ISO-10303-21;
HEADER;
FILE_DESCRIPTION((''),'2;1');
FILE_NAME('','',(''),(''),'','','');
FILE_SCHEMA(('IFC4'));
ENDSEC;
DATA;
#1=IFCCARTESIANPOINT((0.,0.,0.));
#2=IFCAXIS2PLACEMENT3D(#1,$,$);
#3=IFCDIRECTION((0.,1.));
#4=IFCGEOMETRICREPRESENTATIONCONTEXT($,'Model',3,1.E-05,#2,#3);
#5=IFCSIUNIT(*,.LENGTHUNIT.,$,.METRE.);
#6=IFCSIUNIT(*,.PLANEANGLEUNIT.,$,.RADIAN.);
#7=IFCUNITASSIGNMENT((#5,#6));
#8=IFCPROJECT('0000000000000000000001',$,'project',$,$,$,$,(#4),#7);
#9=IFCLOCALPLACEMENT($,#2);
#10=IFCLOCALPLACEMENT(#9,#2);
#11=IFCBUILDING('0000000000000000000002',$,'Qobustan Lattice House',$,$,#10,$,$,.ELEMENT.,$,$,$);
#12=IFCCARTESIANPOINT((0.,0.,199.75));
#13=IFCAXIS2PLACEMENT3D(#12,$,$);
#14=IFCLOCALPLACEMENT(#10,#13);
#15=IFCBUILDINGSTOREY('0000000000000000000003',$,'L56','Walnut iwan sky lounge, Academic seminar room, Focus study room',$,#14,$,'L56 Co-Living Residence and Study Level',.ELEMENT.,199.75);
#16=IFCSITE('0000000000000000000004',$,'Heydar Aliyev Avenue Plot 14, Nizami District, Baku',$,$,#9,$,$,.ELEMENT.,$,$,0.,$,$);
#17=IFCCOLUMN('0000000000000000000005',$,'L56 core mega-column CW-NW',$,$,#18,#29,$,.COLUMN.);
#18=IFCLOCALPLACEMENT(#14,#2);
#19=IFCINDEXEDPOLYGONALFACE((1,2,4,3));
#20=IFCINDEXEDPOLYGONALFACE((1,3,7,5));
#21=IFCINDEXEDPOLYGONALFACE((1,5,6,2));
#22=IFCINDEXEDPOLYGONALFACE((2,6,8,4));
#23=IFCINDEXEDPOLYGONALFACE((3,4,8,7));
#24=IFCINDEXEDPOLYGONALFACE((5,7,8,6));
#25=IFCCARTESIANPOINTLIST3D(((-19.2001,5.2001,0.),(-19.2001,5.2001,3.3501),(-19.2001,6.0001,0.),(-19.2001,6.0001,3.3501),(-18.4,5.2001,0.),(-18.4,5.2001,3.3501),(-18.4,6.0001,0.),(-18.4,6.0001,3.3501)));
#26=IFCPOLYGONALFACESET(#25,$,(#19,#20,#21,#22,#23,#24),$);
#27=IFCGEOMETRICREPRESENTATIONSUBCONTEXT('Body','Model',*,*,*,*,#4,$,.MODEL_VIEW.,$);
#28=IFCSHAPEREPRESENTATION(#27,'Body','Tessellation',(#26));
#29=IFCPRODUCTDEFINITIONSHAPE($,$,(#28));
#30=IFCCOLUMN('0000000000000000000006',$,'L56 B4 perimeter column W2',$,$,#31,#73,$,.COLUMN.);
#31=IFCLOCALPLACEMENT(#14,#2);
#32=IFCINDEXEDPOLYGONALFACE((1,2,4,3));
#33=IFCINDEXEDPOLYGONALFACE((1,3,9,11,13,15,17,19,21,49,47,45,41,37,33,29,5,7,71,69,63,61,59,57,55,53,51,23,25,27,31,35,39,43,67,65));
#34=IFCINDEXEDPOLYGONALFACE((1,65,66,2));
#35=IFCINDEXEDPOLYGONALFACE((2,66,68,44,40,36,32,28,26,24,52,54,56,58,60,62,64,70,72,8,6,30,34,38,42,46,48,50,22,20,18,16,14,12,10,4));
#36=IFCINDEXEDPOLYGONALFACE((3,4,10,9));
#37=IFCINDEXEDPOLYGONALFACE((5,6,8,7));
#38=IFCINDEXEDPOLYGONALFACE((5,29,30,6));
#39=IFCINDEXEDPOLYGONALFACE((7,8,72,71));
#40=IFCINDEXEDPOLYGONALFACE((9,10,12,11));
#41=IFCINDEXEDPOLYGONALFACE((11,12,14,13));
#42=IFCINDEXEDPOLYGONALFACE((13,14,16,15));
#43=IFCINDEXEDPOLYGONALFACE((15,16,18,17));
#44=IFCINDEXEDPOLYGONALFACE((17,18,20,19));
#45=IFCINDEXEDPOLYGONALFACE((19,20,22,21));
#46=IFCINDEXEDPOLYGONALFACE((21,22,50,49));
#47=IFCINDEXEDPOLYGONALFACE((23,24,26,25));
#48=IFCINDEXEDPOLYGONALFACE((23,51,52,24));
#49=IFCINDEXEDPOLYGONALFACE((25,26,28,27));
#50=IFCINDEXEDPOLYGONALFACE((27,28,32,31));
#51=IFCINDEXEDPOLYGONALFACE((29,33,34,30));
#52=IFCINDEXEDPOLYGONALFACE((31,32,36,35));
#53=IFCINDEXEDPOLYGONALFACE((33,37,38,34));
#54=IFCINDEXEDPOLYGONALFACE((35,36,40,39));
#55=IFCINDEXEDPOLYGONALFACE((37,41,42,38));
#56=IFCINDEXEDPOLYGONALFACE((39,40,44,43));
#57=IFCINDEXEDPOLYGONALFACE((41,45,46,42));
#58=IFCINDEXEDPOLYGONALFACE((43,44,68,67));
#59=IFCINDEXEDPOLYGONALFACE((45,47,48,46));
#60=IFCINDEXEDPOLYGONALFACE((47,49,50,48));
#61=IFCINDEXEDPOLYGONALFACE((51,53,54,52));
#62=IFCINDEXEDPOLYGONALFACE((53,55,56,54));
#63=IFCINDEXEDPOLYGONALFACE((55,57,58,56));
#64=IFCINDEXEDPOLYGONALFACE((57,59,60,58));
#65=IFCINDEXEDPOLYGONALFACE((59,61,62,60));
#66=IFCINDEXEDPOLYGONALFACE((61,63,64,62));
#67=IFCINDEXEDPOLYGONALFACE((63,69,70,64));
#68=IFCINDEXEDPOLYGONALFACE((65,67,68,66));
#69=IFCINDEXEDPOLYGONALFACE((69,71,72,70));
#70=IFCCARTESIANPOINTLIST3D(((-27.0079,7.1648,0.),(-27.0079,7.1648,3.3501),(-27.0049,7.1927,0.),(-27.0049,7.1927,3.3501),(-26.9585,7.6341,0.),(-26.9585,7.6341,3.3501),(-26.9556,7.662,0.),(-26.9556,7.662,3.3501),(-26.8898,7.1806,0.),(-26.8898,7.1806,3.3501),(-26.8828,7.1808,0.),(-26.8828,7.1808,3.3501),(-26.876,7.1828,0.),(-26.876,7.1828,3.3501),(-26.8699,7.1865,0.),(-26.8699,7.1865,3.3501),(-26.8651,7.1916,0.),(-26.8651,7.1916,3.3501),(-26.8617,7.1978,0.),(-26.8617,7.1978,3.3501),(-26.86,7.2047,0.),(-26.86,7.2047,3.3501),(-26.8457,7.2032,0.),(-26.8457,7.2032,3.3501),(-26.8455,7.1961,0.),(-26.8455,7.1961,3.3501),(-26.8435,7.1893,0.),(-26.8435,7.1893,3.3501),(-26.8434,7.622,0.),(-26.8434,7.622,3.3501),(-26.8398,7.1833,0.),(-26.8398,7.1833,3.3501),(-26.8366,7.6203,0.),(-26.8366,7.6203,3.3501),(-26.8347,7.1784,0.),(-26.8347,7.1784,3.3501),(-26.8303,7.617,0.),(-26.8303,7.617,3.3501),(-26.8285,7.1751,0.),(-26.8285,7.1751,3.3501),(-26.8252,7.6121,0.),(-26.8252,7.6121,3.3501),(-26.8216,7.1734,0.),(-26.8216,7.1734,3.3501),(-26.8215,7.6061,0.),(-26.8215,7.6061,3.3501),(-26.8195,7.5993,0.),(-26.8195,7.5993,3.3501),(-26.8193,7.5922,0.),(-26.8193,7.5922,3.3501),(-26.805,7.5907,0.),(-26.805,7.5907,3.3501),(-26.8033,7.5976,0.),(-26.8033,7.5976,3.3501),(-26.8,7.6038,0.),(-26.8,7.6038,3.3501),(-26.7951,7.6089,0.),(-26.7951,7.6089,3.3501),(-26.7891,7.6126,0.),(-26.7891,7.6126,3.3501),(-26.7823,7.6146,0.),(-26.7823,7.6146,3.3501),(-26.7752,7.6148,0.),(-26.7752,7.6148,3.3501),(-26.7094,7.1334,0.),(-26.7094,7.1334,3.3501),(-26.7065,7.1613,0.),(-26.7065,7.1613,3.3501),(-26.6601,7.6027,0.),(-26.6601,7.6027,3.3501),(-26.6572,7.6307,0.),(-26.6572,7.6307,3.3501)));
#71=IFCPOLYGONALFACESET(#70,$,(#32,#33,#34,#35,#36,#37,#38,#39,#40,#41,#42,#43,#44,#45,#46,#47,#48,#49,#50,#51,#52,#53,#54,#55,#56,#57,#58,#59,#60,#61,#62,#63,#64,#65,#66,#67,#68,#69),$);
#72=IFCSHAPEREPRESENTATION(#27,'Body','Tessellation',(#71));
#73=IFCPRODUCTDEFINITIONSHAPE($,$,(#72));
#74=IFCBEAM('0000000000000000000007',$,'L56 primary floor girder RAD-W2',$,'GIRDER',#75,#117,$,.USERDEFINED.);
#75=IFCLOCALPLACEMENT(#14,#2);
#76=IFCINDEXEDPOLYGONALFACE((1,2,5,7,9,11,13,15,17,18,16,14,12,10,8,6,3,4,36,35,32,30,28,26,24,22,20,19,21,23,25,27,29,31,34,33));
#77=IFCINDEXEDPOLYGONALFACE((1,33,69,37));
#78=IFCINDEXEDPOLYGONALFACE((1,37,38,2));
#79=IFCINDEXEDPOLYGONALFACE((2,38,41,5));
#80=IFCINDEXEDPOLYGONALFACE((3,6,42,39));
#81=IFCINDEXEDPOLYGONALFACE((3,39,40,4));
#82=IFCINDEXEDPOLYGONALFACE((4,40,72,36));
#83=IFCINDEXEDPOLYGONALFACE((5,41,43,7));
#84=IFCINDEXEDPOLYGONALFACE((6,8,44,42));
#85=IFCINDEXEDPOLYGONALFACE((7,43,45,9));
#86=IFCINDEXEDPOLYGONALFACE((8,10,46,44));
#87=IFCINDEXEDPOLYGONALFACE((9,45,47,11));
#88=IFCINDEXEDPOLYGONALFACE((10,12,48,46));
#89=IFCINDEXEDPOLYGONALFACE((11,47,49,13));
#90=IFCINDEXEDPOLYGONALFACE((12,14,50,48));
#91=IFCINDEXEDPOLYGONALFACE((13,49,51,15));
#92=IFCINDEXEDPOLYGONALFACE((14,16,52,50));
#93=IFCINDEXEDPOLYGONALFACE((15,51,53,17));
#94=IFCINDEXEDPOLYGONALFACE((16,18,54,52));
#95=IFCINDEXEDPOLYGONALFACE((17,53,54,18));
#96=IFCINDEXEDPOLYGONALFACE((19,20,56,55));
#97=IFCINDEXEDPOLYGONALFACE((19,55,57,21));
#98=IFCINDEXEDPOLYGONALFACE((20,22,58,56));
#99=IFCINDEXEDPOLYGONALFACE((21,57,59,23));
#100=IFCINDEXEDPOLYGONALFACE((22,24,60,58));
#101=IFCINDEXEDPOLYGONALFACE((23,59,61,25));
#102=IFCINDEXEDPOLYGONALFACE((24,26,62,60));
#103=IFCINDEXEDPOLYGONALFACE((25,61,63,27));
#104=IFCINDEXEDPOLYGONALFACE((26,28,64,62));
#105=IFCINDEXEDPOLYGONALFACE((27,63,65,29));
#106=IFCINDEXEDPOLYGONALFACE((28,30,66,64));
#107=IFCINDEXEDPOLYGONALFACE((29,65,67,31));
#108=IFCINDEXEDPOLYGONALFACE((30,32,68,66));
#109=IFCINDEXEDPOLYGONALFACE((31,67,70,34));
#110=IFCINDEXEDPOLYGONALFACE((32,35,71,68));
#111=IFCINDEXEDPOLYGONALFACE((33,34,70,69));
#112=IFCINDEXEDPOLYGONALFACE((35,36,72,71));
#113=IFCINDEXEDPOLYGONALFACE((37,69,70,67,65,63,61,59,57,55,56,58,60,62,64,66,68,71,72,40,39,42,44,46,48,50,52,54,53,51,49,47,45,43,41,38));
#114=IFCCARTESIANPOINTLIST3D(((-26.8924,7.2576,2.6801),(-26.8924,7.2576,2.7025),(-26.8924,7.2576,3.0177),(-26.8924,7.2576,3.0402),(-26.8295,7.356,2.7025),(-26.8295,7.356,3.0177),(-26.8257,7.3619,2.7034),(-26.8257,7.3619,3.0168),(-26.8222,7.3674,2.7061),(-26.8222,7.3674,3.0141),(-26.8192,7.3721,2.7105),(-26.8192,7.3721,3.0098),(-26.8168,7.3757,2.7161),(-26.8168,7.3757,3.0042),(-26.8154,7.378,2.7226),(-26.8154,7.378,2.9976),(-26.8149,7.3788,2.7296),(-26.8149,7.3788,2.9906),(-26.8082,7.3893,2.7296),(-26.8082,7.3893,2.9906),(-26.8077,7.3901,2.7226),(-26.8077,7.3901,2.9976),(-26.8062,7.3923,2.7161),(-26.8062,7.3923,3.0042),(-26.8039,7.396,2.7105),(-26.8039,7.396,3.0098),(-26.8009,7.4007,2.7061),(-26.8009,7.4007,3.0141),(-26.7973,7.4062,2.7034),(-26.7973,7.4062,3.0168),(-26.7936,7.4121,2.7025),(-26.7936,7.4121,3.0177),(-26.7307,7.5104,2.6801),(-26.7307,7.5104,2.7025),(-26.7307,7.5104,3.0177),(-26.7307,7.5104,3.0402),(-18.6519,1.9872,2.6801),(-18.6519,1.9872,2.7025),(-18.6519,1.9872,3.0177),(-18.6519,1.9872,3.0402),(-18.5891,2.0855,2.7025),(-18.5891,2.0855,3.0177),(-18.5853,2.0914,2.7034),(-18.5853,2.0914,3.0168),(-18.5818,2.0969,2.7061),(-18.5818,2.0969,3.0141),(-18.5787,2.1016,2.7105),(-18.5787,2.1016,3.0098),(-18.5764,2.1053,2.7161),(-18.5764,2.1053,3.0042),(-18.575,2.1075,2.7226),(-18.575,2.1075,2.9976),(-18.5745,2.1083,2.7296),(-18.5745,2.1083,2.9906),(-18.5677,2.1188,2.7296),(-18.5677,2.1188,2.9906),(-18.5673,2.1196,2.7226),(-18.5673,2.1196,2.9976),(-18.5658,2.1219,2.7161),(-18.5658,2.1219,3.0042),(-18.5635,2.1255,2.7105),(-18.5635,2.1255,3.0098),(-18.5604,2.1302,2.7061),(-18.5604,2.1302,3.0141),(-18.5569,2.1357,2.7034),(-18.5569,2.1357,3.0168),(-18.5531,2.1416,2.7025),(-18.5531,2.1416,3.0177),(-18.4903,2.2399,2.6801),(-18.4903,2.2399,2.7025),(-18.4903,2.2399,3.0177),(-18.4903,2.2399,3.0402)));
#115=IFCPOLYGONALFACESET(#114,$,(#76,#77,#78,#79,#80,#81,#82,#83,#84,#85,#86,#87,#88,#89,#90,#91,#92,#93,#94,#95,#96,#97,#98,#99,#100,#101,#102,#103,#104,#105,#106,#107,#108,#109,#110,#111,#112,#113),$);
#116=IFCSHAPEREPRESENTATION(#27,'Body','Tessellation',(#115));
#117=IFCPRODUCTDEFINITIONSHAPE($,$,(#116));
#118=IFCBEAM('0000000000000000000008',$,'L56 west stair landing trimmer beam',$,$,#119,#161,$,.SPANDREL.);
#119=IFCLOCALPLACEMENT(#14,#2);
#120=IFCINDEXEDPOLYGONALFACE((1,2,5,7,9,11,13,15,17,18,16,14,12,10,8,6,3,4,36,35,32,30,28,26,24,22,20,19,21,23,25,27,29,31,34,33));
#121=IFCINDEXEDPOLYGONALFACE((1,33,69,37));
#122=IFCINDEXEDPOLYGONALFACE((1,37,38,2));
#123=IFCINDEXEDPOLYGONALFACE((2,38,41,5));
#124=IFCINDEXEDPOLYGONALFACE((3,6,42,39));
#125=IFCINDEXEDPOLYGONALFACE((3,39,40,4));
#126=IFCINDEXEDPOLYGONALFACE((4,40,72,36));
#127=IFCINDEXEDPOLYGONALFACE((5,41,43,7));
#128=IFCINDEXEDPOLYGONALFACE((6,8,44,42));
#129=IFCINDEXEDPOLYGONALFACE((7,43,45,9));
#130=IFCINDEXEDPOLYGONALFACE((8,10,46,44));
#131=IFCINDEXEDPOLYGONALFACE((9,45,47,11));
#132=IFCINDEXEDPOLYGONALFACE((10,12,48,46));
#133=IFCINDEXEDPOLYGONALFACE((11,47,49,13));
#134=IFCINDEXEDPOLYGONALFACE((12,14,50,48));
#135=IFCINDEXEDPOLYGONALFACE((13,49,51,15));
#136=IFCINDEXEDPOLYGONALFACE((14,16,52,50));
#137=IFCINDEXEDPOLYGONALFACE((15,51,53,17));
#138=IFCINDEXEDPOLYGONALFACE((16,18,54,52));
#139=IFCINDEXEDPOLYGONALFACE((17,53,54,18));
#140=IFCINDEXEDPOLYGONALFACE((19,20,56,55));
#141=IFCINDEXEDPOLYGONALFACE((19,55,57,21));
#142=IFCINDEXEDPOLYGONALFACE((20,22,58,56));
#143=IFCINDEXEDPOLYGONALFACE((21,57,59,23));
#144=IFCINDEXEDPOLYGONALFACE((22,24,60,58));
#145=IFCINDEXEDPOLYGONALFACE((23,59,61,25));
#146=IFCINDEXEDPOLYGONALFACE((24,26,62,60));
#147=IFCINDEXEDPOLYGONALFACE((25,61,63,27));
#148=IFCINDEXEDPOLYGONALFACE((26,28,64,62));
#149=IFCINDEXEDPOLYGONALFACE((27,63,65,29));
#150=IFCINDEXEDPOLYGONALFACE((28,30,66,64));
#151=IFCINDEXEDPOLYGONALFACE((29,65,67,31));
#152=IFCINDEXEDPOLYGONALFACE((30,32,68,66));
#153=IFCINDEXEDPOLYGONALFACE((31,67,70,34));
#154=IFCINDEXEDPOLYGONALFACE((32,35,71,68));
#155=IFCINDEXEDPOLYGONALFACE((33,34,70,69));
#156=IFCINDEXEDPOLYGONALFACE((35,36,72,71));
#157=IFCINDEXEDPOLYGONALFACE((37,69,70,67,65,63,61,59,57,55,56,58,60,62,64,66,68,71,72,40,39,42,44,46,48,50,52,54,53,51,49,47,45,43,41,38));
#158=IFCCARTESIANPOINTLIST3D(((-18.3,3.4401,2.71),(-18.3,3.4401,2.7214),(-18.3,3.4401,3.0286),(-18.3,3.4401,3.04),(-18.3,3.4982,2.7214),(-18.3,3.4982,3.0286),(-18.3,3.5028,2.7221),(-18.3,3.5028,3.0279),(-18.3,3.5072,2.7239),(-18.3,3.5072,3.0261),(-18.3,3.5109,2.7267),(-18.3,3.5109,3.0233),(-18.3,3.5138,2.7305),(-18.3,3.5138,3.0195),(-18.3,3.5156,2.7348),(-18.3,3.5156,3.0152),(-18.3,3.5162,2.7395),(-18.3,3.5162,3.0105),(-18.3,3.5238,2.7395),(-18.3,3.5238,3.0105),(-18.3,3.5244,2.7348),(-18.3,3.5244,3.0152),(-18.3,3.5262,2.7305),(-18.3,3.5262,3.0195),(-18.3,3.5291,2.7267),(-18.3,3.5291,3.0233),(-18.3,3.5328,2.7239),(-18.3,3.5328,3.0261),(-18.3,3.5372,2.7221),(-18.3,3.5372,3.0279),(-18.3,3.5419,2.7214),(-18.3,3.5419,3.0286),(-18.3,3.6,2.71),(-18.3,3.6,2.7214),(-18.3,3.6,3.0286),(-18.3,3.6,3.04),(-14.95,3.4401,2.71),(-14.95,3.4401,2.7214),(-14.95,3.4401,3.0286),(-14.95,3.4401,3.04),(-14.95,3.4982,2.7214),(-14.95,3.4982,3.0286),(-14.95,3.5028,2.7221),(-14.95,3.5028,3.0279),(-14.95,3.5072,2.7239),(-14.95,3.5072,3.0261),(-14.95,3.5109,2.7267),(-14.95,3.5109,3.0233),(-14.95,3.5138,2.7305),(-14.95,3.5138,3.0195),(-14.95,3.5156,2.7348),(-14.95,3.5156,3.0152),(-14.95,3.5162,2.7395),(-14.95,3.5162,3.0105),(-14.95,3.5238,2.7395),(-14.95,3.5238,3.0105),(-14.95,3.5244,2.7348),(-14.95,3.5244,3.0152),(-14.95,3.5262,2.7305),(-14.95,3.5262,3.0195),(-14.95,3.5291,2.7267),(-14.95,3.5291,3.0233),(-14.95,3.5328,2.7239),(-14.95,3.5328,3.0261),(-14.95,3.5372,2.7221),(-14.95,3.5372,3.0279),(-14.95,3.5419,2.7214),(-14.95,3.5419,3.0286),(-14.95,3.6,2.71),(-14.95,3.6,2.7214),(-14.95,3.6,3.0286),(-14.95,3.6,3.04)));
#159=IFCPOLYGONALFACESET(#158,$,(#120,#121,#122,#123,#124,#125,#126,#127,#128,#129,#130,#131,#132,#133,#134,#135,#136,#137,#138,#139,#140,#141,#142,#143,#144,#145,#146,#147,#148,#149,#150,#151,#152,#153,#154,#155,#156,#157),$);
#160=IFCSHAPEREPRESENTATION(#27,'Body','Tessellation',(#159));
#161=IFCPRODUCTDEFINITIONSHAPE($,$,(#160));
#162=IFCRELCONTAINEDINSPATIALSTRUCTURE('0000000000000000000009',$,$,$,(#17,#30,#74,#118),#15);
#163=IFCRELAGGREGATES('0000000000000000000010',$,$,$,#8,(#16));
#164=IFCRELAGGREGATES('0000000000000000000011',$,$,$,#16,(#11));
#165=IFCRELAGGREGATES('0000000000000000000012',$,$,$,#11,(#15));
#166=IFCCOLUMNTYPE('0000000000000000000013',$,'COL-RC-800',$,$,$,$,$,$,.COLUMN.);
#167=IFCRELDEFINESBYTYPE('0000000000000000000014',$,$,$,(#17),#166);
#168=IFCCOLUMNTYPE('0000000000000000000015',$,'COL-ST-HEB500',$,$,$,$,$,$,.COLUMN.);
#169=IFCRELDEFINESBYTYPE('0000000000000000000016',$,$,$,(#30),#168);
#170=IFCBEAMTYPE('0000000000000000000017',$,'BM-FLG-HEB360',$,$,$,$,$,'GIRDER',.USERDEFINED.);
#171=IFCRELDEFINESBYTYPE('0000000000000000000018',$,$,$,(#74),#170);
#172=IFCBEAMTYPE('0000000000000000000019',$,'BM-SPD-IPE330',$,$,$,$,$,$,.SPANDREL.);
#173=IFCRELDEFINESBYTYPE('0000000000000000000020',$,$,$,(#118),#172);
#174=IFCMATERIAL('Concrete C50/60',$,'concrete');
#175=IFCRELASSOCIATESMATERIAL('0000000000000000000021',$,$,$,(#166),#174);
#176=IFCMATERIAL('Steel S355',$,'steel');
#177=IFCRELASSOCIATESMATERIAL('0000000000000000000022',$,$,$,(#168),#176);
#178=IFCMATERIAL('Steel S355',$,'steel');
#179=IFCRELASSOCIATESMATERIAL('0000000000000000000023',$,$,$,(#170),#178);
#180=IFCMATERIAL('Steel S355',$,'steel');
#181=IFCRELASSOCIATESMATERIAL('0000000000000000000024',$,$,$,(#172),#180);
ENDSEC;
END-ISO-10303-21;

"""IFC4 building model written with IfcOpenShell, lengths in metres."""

from ifc_helpers import new_model, si_unit, direction, frame, origin, origin_2d, place, context, subcontext, project, spatial, rectangle, i_section, extrude, material, material_profile, profile_set, type_object, element, save


model = new_model("IFC4")

# Units and contexts
model_context = context("Model", 3, precision=1e-05, world=origin(), true_north=direction((0.0, 1.0)))
body_context = subcontext(model_context, "Body", "Model", "MODEL_VIEW")
ifc_project = project(units=[si_unit("LENGTHUNIT", "METRE"), si_unit("PLANEANGLEUNIT", "RADIAN")], contexts=[model_context])

# Site, building, storey
site_placement = place(None, origin())
site = spatial("IfcSite", under=ifc_project, at=site_placement, Name="Heydar Aliyev Avenue Plot 14, Nizami District, Baku", CompositionType="ELEMENT", RefElevation=0.0)
building_placement = place(site_placement, origin())
building = spatial("IfcBuilding", under=site, at=building_placement, Name="Qobustan Lattice House", CompositionType="ELEMENT")
storey_placement = place(building_placement, frame((0.0, 0.0, 199.75)))
storey = spatial("IfcBuildingStorey", under=building, at=storey_placement, Name="L56", Description="Walnut iwan sky lounge, Academic seminar room, Focus study room", LongName="L56 Co-Living Residence and Study Level", CompositionType="ELEMENT", Elevation=199.75)

# Columns
ifc_material_1 = material(Name="Concrete C50/60", Category="concrete")
ifc_material_profile_1 = material_profile(ifc_material_1, rectangle(XDim=0.8, YDim=0.8, at=origin_2d()), Name="RC800x800")
ifc_profile_set_1 = profile_set([ifc_material_profile_1], Name="Concrete C50/60")
column_type_1 = type_object("IfcColumnType", Name="COL-RC-800", PredefinedType="COLUMN", material=ifc_profile_set_1)
column_1_placement = place(storey_placement, frame((-18.8, 5.6001, 0.0), z_axis=(0.0, 0.0, 1.0), x_axis=(1.0, 0.0, 0.0)))
element("IfcColumn", 1, at=column_1_placement, inside=storey, type_object=column_type_1, Name="L56 core mega-column CW-NW", PredefinedType="COLUMN", context=body_context, shape_type="SweptSolid", body=[
    extrude(rectangle(XDim=0.8, YDim=0.8, at=origin_2d()), origin(), (0.0, 0.0, 1.0), 3.3501),
])
ifc_material_2 = material(Name="Steel S355", Category="steel")
ifc_material_profile_2 = material_profile(ifc_material_2, i_section(OverallWidth=0.3, OverallDepth=0.5, WebThickness=0.0144, FlangeThickness=0.0281, FilletRadius=0.0271, at=origin_2d()), Name="HEB500")
ifc_profile_set_2 = profile_set([ifc_material_profile_2], Name="Steel S355")
column_type_2 = type_object("IfcColumnType", Name="COL-ST-HEB500", PredefinedType="COLUMN", material=ifc_profile_set_2)
column_2_placement = place(storey_placement, frame((-26.8325, 7.3977, 0.0), z_axis=(0.0, 0.0, 1.0), x_axis=(0.994522, -0.104528, 0.0)))
element("IfcColumn", 2, at=column_2_placement, inside=storey, type_object=column_type_2, Name="L56 B4 perimeter column W2", PredefinedType="COLUMN", context=body_context, shape_type="SweptSolid", body=[
    extrude(i_section(OverallWidth=0.3, OverallDepth=0.5, WebThickness=0.0144, FlangeThickness=0.0281, FilletRadius=0.0271, at=origin_2d()), origin(), (0.0, 0.0, 1.0), 3.3501),
])

# Beams
ifc_material_3 = material(Name="Steel S355", Category="steel")
ifc_material_profile_3 = material_profile(ifc_material_3, i_section(OverallWidth=0.3, OverallDepth=0.3601, WebThickness=0.0125, FlangeThickness=0.0225, FilletRadius=0.0271, at=origin_2d()), Name="HEB360")
ifc_profile_set_3 = profile_set([ifc_material_profile_3], Name="Steel S355")
beam_type_1 = type_object("IfcBeamType", Name="BM-FLG-HEB360", ElementType="GIRDER", PredefinedType="USERDEFINED", material=ifc_profile_set_3)
beam_1_placement = place(storey_placement, frame((-26.8115, 7.384, 2.8601), z_axis=(0.842429, -0.538807, 0.0), x_axis=(0.538807, 0.842429, 0.0)))
element("IfcBeam", 3, at=beam_1_placement, inside=storey, type_object=beam_type_1, Name="L56 primary floor girder RAD-W2", ObjectType="GIRDER", PredefinedType="USERDEFINED", context=body_context, shape_type="SweptSolid", body=[
    extrude(i_section(OverallWidth=0.3, OverallDepth=0.3601, WebThickness=0.0125, FlangeThickness=0.0225, FilletRadius=0.0271, at=origin_2d()), origin(), (0.0, 0.0, 1.0), 9.7817),
])
ifc_material_4 = material(Name="Steel S355", Category="steel")
ifc_material_profile_4 = material_profile(ifc_material_4, i_section(OverallWidth=0.1599, OverallDepth=0.3301, WebThickness=0.0076, FlangeThickness=0.0115, FilletRadius=0.0181, at=origin_2d()), Name="IPE330")
ifc_profile_set_4 = profile_set([ifc_material_profile_4], Name="Steel S355")
beam_type_2 = type_object("IfcBeamType", Name="BM-SPD-IPE330", PredefinedType="SPANDREL", material=ifc_profile_set_4)
beam_2_placement = place(storey_placement, frame((-18.3, 3.52, 2.875), z_axis=(1.0, 0.0, 0.0), x_axis=(0.0, 1.0, 0.0)))
element("IfcBeam", 4, at=beam_2_placement, inside=storey, type_object=beam_type_2, Name="L56 west stair landing trimmer beam", PredefinedType="SPANDREL", context=body_context, shape_type="SweptSolid", body=[
    extrude(i_section(OverallWidth=0.1599, OverallDepth=0.3301, WebThickness=0.0076, FlangeThickness=0.0115, FilletRadius=0.0181, at=origin_2d()), origin(), (0.0, 0.0, 1.0), 3.3501),
])

save(model, "model.ifc")
